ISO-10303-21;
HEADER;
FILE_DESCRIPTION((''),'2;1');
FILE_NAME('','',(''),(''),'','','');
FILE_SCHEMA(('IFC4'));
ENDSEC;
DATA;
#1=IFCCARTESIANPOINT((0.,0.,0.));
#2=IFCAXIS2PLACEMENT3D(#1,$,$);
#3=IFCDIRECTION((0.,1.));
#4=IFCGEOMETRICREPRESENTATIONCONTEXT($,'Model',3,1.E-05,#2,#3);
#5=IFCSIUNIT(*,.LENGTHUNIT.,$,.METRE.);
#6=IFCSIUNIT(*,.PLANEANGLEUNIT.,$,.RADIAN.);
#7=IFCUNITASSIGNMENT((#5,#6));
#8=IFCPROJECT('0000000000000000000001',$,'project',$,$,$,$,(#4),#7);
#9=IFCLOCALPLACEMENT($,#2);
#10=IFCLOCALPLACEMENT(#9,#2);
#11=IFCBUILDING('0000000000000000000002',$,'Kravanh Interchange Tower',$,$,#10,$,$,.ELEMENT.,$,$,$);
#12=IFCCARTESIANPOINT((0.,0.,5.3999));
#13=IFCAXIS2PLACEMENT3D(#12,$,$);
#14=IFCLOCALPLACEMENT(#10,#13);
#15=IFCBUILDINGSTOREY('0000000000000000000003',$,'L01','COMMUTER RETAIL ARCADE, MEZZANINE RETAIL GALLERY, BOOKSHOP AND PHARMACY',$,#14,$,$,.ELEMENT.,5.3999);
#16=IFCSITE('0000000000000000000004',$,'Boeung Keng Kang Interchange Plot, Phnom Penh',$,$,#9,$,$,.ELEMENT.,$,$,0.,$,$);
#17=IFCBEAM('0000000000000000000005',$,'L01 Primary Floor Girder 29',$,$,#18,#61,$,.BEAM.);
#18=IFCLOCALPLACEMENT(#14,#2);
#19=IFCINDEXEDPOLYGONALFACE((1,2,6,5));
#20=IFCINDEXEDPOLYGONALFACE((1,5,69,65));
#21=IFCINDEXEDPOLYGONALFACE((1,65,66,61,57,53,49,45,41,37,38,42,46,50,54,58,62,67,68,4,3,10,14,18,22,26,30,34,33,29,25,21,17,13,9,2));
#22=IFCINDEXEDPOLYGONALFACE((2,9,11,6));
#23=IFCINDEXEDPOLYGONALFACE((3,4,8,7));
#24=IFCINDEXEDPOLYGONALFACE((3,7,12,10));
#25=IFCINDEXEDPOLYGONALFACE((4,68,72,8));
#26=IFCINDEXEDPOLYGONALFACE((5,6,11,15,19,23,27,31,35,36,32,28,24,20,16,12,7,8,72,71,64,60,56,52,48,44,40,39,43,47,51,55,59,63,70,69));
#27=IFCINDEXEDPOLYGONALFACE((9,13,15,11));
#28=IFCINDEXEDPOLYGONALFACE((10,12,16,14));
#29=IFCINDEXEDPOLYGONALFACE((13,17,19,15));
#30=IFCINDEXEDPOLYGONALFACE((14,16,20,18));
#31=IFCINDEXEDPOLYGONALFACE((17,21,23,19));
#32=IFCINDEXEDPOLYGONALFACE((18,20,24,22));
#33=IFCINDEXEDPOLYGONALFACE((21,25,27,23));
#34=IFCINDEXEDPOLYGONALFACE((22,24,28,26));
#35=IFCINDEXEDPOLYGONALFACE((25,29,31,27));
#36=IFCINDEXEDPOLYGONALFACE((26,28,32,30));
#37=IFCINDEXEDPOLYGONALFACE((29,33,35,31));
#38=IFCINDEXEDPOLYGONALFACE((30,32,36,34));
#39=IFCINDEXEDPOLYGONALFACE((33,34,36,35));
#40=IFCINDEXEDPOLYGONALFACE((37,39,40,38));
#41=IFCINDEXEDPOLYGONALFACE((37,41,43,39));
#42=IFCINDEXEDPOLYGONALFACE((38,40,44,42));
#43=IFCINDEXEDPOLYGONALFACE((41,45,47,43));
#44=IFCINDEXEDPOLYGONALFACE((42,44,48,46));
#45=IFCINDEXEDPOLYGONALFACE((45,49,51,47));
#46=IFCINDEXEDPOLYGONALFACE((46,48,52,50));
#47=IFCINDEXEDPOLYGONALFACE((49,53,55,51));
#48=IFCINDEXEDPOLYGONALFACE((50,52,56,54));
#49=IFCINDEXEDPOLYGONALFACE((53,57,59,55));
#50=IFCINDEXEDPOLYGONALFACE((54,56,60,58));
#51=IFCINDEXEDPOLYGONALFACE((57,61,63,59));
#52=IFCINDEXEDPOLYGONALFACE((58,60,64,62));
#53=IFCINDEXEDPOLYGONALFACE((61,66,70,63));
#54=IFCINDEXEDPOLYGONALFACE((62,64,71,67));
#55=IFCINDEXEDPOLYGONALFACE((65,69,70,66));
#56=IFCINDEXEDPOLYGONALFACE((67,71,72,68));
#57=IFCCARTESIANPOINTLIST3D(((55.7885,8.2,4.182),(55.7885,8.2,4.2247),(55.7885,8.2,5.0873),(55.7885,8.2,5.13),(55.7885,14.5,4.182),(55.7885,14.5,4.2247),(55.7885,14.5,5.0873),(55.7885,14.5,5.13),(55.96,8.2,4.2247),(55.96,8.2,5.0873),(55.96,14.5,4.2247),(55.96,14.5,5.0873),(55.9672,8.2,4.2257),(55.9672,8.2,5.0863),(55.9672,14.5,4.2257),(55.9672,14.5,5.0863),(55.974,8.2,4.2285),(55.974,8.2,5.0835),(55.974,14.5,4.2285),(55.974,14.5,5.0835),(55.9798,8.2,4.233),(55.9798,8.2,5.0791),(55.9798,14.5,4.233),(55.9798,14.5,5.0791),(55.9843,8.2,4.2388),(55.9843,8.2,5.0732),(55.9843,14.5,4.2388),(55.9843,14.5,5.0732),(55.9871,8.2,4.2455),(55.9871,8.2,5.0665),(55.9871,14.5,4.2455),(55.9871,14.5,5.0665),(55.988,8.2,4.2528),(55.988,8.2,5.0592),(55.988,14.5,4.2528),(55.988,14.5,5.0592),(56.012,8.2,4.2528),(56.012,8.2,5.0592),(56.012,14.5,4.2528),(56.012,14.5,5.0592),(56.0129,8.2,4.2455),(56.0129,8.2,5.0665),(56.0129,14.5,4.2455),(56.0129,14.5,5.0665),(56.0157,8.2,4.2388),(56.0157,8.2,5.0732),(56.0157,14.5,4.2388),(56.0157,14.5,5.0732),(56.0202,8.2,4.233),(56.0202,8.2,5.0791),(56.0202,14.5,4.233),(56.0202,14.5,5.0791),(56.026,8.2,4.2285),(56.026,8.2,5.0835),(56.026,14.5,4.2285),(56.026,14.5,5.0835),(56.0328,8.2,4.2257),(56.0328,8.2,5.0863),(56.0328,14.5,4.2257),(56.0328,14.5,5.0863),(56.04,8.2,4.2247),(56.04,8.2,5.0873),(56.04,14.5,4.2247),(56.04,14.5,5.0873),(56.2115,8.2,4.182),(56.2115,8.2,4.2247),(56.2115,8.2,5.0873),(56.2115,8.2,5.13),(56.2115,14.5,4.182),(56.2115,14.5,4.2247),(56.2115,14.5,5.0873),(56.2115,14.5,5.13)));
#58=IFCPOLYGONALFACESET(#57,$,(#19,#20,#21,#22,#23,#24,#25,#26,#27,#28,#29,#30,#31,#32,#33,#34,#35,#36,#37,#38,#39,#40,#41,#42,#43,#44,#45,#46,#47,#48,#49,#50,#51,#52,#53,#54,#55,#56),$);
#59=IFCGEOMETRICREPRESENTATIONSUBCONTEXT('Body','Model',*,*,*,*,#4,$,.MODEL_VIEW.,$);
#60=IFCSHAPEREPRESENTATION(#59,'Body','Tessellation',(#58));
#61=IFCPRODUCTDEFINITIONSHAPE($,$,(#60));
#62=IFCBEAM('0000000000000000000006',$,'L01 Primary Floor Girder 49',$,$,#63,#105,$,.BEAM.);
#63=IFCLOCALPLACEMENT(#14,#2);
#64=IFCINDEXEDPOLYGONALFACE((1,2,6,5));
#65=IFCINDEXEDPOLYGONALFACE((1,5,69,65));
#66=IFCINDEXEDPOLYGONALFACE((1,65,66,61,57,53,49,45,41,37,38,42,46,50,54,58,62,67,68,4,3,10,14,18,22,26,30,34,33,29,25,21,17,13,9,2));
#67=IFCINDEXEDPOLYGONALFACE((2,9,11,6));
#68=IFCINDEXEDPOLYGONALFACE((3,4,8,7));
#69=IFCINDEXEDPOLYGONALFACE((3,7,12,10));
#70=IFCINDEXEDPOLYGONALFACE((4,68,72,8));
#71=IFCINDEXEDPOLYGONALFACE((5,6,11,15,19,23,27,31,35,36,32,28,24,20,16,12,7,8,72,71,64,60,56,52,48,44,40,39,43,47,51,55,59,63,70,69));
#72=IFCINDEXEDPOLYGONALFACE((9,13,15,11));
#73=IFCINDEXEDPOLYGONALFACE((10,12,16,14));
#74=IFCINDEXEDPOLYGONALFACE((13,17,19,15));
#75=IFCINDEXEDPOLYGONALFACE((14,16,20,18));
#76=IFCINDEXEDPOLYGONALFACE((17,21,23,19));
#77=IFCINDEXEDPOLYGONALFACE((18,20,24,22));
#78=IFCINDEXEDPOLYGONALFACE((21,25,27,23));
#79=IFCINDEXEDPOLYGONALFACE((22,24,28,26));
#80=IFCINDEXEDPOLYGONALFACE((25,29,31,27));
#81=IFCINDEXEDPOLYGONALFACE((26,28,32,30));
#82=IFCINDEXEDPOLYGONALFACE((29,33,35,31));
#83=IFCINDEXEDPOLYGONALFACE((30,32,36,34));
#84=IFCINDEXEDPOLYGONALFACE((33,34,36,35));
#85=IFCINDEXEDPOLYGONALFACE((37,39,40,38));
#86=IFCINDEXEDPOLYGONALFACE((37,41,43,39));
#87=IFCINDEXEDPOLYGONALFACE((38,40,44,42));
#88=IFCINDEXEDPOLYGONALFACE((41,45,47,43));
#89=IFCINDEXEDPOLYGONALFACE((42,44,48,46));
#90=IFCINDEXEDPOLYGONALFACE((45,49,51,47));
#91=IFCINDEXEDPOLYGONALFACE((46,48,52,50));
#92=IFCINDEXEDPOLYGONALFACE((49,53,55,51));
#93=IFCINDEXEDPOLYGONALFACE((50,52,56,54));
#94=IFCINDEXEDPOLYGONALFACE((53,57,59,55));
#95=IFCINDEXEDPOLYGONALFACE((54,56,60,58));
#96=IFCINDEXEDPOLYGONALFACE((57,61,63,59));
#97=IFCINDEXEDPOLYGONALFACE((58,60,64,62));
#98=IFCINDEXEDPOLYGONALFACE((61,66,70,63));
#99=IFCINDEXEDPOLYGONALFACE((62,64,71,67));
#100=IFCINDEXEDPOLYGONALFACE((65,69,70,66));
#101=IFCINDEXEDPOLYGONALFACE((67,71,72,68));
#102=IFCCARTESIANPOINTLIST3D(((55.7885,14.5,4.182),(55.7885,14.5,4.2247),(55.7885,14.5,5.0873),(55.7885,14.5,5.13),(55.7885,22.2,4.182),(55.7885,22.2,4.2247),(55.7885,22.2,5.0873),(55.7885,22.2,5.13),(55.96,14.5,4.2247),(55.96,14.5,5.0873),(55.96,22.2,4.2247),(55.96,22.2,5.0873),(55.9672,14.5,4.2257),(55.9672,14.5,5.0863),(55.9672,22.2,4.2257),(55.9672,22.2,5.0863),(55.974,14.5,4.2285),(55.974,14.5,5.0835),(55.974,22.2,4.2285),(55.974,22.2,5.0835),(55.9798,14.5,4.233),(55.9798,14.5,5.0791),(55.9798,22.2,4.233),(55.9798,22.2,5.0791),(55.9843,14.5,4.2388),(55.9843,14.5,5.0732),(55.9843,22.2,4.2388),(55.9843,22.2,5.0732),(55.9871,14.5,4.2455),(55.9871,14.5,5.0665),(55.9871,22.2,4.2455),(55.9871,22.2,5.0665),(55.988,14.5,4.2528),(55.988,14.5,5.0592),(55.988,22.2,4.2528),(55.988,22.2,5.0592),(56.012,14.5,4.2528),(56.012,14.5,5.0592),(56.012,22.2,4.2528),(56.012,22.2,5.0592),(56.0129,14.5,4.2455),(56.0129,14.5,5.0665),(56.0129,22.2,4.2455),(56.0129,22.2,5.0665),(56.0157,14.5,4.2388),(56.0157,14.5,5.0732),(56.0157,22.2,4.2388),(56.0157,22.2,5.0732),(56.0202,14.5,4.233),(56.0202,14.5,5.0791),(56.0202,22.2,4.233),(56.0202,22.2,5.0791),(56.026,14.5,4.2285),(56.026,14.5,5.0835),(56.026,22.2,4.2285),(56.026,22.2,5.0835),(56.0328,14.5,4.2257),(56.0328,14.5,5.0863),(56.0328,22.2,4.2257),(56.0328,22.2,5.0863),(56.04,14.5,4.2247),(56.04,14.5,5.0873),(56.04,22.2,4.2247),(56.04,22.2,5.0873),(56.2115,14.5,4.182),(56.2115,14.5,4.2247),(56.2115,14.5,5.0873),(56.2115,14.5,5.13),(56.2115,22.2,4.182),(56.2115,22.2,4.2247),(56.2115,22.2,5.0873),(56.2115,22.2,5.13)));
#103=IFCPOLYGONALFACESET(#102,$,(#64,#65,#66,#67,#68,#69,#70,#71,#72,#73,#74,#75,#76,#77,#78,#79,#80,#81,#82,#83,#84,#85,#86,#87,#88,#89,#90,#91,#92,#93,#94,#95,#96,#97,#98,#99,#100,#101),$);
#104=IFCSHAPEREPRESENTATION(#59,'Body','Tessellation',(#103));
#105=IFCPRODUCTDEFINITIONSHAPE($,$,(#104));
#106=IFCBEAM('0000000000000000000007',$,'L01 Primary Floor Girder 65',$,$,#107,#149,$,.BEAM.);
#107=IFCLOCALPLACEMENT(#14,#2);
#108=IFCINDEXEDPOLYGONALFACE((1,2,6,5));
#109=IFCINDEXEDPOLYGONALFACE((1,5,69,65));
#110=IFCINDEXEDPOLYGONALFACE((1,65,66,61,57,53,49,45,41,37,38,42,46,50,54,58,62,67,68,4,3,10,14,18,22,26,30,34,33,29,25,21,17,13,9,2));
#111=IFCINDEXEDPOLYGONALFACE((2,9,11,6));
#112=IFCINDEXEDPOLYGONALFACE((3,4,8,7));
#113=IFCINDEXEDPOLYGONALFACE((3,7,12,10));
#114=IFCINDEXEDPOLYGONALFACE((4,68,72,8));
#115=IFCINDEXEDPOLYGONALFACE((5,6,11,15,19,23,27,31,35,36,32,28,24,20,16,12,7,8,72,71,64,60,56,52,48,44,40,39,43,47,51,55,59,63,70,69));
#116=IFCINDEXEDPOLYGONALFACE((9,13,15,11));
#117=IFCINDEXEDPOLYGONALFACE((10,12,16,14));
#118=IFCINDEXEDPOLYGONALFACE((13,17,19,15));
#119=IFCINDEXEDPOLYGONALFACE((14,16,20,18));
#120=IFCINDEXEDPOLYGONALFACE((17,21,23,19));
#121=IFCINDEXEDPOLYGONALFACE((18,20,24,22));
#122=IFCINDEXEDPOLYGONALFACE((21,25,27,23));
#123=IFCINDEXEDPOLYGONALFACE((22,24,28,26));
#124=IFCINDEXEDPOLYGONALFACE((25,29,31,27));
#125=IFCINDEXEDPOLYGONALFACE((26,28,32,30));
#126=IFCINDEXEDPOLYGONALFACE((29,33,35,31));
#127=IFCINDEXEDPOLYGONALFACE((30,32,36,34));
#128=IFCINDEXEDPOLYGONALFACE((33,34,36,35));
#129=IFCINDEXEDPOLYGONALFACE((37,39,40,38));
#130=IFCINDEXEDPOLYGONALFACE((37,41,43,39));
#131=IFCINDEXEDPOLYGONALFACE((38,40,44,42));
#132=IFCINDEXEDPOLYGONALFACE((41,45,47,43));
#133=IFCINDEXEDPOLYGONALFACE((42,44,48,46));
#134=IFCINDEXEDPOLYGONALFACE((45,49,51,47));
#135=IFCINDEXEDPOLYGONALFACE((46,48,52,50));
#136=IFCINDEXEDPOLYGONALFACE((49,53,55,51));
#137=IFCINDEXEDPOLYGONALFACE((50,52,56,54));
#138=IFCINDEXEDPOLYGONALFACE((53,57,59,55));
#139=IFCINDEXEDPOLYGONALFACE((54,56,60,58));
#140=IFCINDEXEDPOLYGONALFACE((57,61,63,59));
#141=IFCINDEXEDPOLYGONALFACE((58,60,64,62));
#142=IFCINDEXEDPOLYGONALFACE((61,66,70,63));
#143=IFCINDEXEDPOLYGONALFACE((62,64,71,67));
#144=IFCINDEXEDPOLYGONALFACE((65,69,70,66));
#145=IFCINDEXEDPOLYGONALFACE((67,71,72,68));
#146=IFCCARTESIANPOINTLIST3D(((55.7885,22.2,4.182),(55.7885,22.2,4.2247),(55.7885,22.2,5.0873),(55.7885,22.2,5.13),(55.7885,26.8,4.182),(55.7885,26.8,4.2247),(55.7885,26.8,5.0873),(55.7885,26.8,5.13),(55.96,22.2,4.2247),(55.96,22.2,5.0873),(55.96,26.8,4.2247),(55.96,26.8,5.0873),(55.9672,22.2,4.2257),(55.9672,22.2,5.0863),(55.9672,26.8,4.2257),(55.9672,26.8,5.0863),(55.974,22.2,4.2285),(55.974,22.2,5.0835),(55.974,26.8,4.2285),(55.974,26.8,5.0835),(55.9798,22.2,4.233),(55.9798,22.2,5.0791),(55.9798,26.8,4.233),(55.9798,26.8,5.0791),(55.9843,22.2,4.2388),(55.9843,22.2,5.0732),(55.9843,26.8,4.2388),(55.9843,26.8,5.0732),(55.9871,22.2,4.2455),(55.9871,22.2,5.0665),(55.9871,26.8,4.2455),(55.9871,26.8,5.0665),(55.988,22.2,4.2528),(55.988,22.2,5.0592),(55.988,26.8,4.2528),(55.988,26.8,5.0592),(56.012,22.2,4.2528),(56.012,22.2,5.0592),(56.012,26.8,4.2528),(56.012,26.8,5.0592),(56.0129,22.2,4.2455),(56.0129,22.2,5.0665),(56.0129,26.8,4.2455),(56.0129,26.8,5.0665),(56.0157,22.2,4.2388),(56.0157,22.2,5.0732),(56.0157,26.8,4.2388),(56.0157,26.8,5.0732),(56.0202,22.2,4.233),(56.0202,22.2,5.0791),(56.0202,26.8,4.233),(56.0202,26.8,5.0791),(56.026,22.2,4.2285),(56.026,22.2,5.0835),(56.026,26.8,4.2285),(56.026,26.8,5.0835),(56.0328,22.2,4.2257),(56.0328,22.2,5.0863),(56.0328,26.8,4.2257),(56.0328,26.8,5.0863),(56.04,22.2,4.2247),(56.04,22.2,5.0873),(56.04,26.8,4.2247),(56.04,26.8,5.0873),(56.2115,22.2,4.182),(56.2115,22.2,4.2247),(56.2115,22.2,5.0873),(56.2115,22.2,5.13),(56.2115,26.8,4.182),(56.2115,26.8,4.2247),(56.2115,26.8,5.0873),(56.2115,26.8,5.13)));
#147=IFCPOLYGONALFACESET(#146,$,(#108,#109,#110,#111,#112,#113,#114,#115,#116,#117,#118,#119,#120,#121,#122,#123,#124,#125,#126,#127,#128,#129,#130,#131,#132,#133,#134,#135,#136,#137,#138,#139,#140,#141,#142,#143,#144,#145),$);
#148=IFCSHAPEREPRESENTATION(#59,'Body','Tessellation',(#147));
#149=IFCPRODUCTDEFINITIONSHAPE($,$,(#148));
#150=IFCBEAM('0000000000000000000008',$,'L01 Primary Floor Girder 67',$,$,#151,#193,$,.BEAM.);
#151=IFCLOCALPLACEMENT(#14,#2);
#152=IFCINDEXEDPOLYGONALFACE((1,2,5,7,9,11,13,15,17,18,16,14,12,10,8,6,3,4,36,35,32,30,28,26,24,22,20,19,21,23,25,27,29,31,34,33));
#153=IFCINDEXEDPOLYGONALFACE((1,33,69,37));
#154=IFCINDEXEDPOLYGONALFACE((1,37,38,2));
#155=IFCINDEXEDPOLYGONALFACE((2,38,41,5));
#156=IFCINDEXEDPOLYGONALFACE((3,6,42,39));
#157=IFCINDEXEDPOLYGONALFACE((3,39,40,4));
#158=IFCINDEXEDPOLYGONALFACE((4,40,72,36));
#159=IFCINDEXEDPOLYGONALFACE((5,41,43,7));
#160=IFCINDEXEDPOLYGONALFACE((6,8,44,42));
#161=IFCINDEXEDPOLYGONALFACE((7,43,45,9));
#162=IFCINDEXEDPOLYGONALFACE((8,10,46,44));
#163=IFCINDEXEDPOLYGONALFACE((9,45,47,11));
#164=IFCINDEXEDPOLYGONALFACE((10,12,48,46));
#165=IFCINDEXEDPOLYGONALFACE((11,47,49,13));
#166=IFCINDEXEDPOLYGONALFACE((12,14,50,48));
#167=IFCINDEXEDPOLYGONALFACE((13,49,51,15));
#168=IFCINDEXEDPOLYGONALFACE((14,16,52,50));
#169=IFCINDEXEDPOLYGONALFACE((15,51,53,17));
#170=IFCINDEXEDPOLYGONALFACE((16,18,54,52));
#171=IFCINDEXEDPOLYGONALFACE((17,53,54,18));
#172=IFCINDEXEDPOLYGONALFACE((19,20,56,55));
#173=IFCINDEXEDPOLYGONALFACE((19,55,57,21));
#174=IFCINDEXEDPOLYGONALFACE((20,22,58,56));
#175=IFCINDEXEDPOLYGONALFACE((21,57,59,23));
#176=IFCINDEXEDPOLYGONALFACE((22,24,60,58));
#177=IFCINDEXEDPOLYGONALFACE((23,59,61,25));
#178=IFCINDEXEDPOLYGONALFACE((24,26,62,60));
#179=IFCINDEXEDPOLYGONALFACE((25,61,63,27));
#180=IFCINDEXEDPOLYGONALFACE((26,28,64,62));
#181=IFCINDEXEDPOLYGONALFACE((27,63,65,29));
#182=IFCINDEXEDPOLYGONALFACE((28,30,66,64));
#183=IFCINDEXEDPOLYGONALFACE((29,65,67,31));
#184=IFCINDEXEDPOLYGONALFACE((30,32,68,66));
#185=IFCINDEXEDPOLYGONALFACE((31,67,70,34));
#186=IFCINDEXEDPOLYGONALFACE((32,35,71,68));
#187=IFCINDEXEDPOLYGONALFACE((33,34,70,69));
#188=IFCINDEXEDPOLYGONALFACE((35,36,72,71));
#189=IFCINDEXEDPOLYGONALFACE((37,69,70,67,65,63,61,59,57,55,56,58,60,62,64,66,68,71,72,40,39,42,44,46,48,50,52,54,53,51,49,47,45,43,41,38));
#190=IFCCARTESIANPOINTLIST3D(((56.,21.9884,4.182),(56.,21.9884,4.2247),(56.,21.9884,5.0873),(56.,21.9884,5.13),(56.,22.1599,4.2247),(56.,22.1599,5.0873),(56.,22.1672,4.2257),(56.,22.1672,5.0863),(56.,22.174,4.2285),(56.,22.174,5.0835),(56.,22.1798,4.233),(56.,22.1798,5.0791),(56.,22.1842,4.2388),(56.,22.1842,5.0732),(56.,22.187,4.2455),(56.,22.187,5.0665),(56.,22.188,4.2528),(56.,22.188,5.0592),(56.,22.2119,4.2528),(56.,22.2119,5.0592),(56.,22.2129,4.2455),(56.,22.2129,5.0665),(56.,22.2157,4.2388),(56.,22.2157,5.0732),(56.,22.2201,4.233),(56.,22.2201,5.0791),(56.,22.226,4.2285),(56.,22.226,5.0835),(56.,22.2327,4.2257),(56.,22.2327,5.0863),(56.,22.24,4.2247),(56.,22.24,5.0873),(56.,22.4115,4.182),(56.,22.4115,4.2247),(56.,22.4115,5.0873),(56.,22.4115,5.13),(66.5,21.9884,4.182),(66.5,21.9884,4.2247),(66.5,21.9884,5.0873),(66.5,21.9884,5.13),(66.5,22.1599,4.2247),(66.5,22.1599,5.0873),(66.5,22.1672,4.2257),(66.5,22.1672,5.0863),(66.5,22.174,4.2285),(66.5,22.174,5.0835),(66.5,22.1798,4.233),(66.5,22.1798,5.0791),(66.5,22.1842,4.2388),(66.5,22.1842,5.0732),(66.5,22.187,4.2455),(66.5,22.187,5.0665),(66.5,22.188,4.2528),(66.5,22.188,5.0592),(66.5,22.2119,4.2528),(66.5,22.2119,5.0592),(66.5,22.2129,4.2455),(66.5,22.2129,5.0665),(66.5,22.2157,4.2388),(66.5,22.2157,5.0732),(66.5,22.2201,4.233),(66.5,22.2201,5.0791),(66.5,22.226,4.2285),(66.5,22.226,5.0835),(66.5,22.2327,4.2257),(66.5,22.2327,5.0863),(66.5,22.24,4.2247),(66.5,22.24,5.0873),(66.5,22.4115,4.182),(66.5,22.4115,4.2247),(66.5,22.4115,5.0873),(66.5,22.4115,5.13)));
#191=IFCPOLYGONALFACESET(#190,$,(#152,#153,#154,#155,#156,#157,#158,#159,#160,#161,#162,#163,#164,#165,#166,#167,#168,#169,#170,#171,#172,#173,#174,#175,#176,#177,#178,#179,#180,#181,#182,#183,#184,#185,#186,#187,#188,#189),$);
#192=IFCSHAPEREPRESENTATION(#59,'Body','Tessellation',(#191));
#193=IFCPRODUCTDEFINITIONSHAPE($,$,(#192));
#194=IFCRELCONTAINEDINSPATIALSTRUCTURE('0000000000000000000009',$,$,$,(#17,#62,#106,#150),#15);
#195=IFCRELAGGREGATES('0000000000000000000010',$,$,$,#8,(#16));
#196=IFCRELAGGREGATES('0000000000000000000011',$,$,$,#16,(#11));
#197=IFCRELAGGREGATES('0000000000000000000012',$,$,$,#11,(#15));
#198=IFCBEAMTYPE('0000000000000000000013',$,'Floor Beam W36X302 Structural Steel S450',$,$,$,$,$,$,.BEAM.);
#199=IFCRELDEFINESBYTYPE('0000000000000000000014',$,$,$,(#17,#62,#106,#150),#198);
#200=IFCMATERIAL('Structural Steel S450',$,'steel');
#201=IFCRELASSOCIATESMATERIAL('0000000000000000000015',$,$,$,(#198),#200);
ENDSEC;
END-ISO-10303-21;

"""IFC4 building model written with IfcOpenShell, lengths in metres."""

from ifc_helpers import new_model, si_unit, direction, frame, origin, origin_2d, place, context, subcontext, project, spatial, i_section, extrude, material, material_profile, profile_set, type_object, element, save


model = new_model("IFC4")

# Units and contexts
model_context = context("Model", 3, precision=1e-05, world=origin(), true_north=direction((0.0, 1.0)))
body_context = subcontext(model_context, "Body", "Model", "MODEL_VIEW")
ifc_project = project(units=[si_unit("LENGTHUNIT", "METRE"), si_unit("PLANEANGLEUNIT", "RADIAN")], contexts=[model_context])

# Site, building, storey
site_placement = place(None, origin())
site = spatial("IfcSite", under=ifc_project, at=site_placement, Name="Boeung Keng Kang Interchange Plot, Phnom Penh", CompositionType="ELEMENT", RefElevation=0.0)
building_placement = place(site_placement, origin())
building = spatial("IfcBuilding", under=site, at=building_placement, Name="Kravanh Interchange Tower", CompositionType="ELEMENT")
storey_placement = place(building_placement, frame((0.0, 0.0, 5.3999)))
storey = spatial("IfcBuildingStorey", under=building, at=storey_placement, Name="L01", Description="COMMUTER RETAIL ARCADE, MEZZANINE RETAIL GALLERY, BOOKSHOP AND PHARMACY", CompositionType="ELEMENT", Elevation=5.3999)

# Beams
ifc_material_1 = material(Name="Structural Steel S450", Category="steel")
ifc_material_profile_1 = material_profile(ifc_material_1, i_section(OverallWidth=0.4231, OverallDepth=0.948, WebThickness=0.0239, FlangeThickness=0.0427, FilletRadius=0.0281, at=origin_2d()), Name="W36X302")
ifc_profile_set_1 = profile_set([ifc_material_profile_1], Name="Structural Steel S450")
beam_type_1 = type_object("IfcBeamType", Name="Floor Beam W36X302 Structural Steel S450", PredefinedType="BEAM", material=ifc_profile_set_1)
beam_1_placement = place(storey_placement, frame((56.0, 8.2, 4.656), z_axis=(0.0, 1.0, 0.0), x_axis=(-1.0, 0.0, 0.0)))
element("IfcBeam", 1, at=beam_1_placement, inside=storey, type_object=beam_type_1, Name="L01 Primary Floor Girder 29", PredefinedType="BEAM", context=body_context, shape_type="SweptSolid", body=[
    extrude(i_section(OverallWidth=0.4231, OverallDepth=0.948, WebThickness=0.0239, FlangeThickness=0.0427, FilletRadius=0.0281, at=origin_2d()), origin(), (0.0, 0.0, 1.0), 6.3),
])
beam_2_placement = place(storey_placement, frame((56.0, 14.5, 4.656), z_axis=(0.0, 1.0, 0.0), x_axis=(-1.0, 0.0, 0.0)))
element("IfcBeam", 2, at=beam_2_placement, inside=storey, type_object=beam_type_1, Name="L01 Primary Floor Girder 49", PredefinedType="BEAM", context=body_context, shape_type="SweptSolid", body=[
    extrude(i_section(OverallWidth=0.4231, OverallDepth=0.948, WebThickness=0.0239, FlangeThickness=0.0427, FilletRadius=0.0281, at=origin_2d()), origin(), (0.0, 0.0, 1.0), 7.7),
])
beam_3_placement = place(storey_placement, frame((56.0, 22.2, 4.656), z_axis=(0.0, 1.0, 0.0), x_axis=(-1.0, 0.0, 0.0)))
element("IfcBeam", 3, at=beam_3_placement, inside=storey, type_object=beam_type_1, Name="L01 Primary Floor Girder 65", PredefinedType="BEAM", context=body_context, shape_type="SweptSolid", body=[
    extrude(i_section(OverallWidth=0.4231, OverallDepth=0.948, WebThickness=0.0239, FlangeThickness=0.0427, FilletRadius=0.0281, at=origin_2d()), origin(), (0.0, 0.0, 1.0), 4.6001),
])
beam_4_placement = place(storey_placement, frame((56.0, 22.2, 4.656), z_axis=(1.0, 0.0, 0.0), x_axis=(0.0, 1.0, 0.0)))
element("IfcBeam", 4, at=beam_4_placement, inside=storey, type_object=beam_type_1, Name="L01 Primary Floor Girder 67", PredefinedType="BEAM", context=body_context, shape_type="SweptSolid", body=[
    extrude(i_section(OverallWidth=0.4231, OverallDepth=0.948, WebThickness=0.0239, FlangeThickness=0.0427, FilletRadius=0.0281, at=origin_2d()), origin(), (0.0, 0.0, 1.0), 10.5),
])

save(model, "model.ifc")
